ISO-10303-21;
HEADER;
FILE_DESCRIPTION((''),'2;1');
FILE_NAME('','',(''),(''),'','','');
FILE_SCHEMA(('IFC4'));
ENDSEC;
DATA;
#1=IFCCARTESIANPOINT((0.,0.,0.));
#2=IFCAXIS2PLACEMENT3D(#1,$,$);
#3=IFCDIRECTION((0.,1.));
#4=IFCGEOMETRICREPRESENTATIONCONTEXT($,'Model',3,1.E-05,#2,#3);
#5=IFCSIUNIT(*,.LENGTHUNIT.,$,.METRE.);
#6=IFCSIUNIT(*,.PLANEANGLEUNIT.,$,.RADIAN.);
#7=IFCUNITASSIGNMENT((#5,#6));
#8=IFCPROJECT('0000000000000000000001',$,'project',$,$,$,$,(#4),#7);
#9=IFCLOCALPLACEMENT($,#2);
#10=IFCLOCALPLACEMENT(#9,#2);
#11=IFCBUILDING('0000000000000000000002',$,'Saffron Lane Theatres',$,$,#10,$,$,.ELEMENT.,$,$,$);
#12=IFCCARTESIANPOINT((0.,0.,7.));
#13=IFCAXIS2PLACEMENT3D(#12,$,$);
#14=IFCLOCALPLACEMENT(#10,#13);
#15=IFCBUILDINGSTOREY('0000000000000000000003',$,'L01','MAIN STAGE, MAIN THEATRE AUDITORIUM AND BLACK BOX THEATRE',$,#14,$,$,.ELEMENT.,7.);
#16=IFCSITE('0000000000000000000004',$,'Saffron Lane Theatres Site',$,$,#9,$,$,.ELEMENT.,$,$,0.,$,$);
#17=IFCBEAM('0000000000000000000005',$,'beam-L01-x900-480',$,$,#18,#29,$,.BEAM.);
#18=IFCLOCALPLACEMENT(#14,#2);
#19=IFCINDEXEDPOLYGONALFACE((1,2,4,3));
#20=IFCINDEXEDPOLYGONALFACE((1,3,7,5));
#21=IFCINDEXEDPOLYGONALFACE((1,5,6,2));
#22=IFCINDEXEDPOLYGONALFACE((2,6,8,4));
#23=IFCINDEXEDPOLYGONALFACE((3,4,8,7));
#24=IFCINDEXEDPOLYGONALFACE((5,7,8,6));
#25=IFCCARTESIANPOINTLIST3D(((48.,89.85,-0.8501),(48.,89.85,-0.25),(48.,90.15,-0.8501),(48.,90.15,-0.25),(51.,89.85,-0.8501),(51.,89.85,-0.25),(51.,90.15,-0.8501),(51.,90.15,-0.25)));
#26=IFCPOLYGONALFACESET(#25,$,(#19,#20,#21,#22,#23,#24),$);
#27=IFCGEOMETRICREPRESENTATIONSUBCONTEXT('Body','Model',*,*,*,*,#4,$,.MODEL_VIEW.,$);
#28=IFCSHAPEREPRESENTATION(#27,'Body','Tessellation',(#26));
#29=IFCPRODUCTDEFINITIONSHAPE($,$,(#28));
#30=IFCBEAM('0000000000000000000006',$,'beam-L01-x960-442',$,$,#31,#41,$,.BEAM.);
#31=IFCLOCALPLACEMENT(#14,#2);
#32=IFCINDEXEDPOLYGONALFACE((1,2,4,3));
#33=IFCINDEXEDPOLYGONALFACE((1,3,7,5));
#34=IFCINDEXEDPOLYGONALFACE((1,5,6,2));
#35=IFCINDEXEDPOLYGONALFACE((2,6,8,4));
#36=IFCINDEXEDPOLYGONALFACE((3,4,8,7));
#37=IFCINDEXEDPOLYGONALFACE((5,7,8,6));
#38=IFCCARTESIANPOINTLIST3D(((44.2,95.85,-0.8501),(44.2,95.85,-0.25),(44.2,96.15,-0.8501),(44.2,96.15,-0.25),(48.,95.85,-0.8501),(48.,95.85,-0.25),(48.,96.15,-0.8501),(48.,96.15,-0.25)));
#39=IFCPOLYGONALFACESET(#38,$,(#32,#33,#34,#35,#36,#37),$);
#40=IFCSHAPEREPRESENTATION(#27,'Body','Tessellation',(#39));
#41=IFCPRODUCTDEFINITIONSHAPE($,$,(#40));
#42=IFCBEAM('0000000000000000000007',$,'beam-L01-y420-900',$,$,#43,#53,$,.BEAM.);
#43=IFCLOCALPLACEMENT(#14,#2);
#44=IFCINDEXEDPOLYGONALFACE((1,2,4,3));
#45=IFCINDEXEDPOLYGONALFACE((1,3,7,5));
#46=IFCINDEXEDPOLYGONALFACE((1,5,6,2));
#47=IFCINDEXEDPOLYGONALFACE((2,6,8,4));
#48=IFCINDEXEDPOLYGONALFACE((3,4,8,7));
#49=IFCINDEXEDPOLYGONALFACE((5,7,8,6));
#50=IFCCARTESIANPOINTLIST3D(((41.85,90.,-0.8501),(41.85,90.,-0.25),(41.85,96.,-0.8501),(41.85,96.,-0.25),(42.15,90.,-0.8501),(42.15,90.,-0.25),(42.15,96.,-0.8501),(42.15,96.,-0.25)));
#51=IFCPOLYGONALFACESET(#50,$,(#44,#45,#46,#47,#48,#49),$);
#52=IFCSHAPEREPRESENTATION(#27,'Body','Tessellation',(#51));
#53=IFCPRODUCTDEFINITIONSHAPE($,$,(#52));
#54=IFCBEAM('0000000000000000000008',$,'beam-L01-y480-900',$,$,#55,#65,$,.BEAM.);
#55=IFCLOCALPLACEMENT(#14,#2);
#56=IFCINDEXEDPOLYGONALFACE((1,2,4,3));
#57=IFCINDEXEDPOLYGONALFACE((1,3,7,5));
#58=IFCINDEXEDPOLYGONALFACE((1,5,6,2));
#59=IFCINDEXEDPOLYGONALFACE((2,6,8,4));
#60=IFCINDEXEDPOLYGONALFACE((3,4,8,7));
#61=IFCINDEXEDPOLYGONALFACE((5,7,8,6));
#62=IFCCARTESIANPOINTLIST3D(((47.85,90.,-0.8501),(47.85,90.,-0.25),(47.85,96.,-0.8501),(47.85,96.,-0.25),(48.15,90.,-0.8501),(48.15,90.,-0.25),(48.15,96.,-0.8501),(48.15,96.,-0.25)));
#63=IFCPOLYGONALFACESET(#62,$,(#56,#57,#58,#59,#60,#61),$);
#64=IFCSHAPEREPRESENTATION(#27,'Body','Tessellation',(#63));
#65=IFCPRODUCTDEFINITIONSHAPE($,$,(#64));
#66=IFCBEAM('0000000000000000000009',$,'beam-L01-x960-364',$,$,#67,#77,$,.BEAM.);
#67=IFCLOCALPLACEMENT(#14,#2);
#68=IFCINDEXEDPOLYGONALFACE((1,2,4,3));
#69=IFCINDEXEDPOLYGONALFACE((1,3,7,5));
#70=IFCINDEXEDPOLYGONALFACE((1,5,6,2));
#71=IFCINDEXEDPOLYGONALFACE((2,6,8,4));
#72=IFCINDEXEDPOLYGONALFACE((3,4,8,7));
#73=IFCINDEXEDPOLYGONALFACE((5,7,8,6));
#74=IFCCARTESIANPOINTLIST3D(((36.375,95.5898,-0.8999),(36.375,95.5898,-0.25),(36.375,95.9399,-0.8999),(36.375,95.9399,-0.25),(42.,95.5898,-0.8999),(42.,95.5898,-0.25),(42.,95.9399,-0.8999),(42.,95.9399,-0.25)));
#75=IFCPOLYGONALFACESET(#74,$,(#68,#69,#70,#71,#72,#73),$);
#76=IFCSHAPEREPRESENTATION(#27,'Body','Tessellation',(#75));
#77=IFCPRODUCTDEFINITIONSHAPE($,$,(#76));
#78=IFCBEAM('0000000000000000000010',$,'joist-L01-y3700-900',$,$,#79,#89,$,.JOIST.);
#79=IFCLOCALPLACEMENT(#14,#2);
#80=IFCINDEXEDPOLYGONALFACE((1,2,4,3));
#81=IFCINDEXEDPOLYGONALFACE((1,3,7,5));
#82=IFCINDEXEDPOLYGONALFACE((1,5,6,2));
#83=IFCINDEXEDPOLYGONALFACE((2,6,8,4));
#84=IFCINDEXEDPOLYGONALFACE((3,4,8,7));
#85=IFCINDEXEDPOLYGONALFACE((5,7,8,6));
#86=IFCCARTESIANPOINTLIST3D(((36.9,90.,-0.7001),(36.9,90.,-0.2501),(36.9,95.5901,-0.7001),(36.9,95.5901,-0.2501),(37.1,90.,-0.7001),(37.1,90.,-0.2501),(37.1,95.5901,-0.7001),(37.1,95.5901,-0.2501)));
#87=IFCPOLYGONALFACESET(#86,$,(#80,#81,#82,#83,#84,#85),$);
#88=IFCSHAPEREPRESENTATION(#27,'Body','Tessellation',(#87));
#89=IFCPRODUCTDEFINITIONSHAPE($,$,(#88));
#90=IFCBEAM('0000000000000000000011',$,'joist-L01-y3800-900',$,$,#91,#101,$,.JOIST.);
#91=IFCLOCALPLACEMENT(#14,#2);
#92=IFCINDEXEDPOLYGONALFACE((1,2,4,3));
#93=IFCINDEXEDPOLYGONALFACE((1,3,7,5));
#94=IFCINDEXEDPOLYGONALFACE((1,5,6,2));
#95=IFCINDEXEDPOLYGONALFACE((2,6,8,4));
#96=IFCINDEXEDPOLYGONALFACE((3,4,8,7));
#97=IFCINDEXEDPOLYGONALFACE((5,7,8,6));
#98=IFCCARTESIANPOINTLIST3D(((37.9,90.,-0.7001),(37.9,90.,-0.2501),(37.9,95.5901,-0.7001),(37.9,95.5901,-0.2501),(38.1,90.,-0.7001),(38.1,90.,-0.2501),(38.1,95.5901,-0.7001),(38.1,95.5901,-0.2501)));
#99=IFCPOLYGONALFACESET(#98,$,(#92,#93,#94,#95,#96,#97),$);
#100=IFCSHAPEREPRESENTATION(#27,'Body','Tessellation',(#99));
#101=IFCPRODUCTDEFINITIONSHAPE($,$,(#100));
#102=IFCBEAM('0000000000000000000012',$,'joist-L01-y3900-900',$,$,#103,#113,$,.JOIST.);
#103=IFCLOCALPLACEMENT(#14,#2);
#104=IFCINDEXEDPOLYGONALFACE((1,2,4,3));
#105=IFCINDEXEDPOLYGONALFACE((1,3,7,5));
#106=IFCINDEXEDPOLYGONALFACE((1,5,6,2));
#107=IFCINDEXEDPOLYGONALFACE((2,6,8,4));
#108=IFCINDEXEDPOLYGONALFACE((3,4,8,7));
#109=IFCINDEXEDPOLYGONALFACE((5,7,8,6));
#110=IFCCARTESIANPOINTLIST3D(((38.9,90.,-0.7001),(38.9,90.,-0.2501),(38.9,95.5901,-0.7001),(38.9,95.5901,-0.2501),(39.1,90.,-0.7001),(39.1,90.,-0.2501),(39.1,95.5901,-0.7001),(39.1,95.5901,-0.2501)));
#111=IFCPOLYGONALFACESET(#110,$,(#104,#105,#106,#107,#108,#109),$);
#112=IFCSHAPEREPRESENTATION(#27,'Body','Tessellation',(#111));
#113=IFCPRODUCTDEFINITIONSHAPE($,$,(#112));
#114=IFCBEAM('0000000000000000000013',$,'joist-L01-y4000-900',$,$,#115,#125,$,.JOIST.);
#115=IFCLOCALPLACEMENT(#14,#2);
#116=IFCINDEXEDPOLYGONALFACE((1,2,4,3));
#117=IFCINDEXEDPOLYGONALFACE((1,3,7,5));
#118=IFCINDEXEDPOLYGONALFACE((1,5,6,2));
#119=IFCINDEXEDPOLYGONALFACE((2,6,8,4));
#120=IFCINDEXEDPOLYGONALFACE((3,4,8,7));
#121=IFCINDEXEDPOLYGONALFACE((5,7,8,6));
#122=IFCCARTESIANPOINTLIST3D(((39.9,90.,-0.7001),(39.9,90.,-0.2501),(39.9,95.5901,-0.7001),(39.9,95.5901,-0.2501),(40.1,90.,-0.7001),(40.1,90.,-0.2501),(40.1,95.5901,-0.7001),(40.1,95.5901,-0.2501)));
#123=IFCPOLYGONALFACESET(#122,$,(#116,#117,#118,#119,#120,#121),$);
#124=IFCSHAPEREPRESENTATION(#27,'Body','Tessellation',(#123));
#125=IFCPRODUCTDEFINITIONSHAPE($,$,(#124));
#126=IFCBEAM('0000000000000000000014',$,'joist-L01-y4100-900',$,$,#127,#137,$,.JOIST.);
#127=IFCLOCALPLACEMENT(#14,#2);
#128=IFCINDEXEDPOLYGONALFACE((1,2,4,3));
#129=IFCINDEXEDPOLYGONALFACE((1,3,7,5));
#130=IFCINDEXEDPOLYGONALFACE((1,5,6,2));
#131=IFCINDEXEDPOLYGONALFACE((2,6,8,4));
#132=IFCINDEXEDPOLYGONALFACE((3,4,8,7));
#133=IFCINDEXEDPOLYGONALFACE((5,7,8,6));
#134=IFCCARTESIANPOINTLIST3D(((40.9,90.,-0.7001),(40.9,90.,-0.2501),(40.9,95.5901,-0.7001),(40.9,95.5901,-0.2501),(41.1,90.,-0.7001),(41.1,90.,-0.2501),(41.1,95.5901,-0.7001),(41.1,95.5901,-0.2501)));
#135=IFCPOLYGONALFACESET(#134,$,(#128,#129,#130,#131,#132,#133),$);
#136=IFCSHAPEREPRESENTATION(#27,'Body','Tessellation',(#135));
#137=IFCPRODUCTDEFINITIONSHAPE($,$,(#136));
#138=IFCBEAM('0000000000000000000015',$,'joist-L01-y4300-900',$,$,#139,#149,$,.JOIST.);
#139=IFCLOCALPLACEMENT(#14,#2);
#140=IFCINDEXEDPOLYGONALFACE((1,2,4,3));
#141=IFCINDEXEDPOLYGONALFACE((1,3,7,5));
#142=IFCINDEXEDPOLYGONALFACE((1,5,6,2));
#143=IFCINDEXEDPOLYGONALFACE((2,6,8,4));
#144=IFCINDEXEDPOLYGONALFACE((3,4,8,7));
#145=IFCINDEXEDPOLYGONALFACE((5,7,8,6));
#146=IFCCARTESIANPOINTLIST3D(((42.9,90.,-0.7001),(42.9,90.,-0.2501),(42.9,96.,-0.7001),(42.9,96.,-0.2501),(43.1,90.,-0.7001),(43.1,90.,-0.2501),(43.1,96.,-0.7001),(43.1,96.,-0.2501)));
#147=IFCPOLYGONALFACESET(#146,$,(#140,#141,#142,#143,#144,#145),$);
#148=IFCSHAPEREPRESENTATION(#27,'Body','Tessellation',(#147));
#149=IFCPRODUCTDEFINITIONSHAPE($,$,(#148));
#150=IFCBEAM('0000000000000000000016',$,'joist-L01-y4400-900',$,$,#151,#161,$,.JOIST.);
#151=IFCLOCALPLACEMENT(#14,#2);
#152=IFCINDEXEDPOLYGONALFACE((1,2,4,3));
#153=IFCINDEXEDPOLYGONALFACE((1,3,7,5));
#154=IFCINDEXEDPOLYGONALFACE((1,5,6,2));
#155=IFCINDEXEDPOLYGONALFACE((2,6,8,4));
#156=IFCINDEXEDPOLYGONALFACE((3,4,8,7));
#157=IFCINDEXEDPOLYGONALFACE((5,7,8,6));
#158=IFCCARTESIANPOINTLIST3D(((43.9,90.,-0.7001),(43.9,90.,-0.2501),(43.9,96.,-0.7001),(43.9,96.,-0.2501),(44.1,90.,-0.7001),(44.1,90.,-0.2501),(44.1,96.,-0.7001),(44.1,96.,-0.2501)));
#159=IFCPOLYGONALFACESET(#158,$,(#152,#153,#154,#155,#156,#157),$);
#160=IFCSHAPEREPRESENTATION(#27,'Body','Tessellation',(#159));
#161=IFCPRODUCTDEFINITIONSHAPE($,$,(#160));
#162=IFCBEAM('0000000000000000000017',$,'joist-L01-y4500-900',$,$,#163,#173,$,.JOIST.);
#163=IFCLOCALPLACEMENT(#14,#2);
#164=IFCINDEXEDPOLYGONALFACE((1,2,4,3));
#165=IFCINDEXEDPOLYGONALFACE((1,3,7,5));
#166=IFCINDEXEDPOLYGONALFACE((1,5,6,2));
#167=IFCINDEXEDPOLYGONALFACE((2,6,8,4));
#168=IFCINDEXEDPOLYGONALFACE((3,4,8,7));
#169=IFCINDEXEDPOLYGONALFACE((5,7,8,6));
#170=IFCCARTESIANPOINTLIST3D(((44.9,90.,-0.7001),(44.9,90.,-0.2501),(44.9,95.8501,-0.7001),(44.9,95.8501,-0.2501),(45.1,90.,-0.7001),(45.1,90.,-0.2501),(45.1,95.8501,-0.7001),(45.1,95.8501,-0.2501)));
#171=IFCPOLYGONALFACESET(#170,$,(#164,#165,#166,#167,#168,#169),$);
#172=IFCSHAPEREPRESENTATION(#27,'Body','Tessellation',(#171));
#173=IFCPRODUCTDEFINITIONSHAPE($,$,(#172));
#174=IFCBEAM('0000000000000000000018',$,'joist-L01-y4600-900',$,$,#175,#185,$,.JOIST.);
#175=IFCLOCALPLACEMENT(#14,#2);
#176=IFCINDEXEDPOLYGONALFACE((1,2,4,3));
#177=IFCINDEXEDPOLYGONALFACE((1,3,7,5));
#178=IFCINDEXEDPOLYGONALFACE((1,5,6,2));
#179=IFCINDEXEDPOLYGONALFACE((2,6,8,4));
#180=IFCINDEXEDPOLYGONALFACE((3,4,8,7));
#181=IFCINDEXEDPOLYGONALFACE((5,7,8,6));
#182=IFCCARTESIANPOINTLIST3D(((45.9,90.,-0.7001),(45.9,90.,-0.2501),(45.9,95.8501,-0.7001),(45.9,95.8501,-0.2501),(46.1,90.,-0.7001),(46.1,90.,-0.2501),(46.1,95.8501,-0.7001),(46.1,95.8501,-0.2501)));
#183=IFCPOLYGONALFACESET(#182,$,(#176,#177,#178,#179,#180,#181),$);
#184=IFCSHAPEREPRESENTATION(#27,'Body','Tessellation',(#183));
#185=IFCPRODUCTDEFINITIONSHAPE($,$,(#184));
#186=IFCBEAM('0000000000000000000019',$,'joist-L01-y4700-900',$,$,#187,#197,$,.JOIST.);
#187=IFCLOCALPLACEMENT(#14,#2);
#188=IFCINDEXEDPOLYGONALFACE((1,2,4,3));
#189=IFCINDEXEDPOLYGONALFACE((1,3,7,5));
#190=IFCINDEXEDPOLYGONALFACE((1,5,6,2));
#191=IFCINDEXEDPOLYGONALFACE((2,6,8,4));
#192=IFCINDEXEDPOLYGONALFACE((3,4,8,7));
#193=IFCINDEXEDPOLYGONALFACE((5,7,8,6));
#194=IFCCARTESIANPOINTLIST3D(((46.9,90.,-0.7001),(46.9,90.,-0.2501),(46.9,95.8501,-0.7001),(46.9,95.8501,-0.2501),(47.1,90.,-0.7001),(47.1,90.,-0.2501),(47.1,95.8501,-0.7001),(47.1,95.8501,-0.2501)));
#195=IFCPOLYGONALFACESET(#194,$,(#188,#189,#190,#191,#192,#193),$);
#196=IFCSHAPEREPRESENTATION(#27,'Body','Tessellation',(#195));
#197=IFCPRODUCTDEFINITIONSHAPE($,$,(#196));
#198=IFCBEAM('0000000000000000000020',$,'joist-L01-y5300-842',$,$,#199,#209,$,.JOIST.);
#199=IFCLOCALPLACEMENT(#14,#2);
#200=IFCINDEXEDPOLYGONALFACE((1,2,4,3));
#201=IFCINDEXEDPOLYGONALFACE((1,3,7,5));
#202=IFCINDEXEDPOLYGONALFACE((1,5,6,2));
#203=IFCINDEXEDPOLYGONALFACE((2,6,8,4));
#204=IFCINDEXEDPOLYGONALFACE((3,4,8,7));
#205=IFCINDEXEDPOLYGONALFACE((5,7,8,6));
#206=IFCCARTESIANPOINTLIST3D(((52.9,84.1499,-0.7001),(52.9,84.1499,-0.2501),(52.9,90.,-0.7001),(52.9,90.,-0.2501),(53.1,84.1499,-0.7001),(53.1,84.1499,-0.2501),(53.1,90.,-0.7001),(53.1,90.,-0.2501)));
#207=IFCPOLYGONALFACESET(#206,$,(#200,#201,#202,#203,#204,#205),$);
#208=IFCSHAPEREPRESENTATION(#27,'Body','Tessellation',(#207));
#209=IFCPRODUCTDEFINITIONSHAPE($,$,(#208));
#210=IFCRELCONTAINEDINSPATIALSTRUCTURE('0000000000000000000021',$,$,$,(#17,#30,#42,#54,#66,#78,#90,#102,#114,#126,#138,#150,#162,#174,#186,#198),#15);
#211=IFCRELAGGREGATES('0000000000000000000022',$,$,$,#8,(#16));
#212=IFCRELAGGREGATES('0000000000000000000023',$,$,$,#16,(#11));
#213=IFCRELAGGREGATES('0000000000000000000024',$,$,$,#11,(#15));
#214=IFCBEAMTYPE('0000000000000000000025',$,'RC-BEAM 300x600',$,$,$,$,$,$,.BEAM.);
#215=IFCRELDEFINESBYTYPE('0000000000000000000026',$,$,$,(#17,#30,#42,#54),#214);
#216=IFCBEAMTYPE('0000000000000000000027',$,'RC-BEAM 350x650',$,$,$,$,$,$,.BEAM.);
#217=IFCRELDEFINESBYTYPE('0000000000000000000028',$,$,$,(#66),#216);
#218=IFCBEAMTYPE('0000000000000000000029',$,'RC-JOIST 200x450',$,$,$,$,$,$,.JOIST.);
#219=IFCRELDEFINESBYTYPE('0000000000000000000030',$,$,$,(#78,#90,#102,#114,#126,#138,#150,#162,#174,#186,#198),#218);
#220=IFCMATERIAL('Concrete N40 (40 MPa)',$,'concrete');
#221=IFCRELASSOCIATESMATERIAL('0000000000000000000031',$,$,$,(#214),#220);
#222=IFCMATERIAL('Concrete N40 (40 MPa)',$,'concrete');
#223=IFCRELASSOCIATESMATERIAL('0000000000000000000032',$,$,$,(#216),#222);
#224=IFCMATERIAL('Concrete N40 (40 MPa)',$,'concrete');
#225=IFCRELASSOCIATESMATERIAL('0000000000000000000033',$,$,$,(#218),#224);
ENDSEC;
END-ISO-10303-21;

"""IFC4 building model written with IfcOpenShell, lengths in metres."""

from ifc_helpers import new_model, si_unit, direction, frame, origin, origin_2d, place, context, subcontext, project, spatial, rectangle, extrude, material, material_profile, profile_set, type_object, element, save


model = new_model("IFC4")

# Units and contexts
model_context = context("Model", 3, precision=1e-05, world=origin(), true_north=direction((0.0, 1.0)))
body_context = subcontext(model_context, "Body", "Model", "MODEL_VIEW")
ifc_project = project(units=[si_unit("LENGTHUNIT", "METRE"), si_unit("PLANEANGLEUNIT", "RADIAN")], contexts=[model_context])

# Site, building, storey
site_placement = place(None, origin())
site = spatial("IfcSite", under=ifc_project, at=site_placement, Name="Saffron Lane Theatres Site", CompositionType="ELEMENT", RefElevation=0.0)
building_placement = place(site_placement, origin())
building = spatial("IfcBuilding", under=site, at=building_placement, Name="Saffron Lane Theatres", CompositionType="ELEMENT")
storey_placement = place(building_placement, frame((0.0, 0.0, 7.0)))
storey = spatial("IfcBuildingStorey", under=building, at=storey_placement, Name="L01", Description="MAIN STAGE, MAIN THEATRE AUDITORIUM AND BLACK BOX THEATRE", CompositionType="ELEMENT", Elevation=7.0)

# Beams
ifc_material_1 = material(Name="Concrete N40 (40 MPa)", Category="concrete")
ifc_material_profile_1 = material_profile(ifc_material_1, rectangle(XDim=0.3, YDim=0.6001, at=origin_2d()))
ifc_profile_set_1 = profile_set([ifc_material_profile_1], Name="Concrete N40 (40 MPa)")
beam_type_1 = type_object("IfcBeamType", Name="RC-BEAM 300x600", PredefinedType="BEAM", material=ifc_profile_set_1)
beam_1_placement = place(storey_placement, frame((48.0, 90.0, -0.55), z_axis=(1.0, 0.0, 0.0), x_axis=(0.0, 1.0, 0.0)))
element("IfcBeam", 1, at=beam_1_placement, inside=storey, type_object=beam_type_1, Name="beam-L01-x900-480", PredefinedType="BEAM", context=body_context, shape_type="SweptSolid", body=[
    extrude(rectangle(XDim=0.3, YDim=0.6001, at=origin_2d()), origin(), (0.0, 0.0, 1.0), 3.0),
])
beam_2_placement = place(storey_placement, frame((44.2, 96.0, -0.55), z_axis=(1.0, 0.0, 0.0), x_axis=(0.0, 1.0, 0.0)))
element("IfcBeam", 2, at=beam_2_placement, inside=storey, type_object=beam_type_1, Name="beam-L01-x960-442", PredefinedType="BEAM", context=body_context, shape_type="SweptSolid", body=[
    extrude(rectangle(XDim=0.3, YDim=0.6001, at=origin_2d()), origin(), (0.0, 0.0, 1.0), 3.8),
])
for number, where, z_axis, x_axis, name in (
    (3, (42.0, 90.0, -0.55), (0.0, 1.0, 0.0), (-1.0, 0.0, 0.0), "beam-L01-y420-900"),
    (4, (48.0, 90.0, -0.55), (0.0, 1.0, 0.0), (-1.0, 0.0, 0.0), "beam-L01-y480-900"),
):
    element("IfcBeam", number, at=place(storey_placement, frame(where, z_axis=z_axis, x_axis=x_axis)), inside=storey, type_object=beam_type_1, Name=name, PredefinedType="BEAM", context=body_context, shape_type="SweptSolid", body=[
        extrude(rectangle(XDim=0.3, YDim=0.6001, at=origin_2d()), origin(), (0.0, 0.0, 1.0), 6.0),
    ])
ifc_material_2 = material(Name="Concrete N40 (40 MPa)", Category="concrete")
ifc_material_profile_2 = material_profile(ifc_material_2, rectangle(XDim=0.3501, YDim=0.6499, at=origin_2d()))
ifc_profile_set_2 = profile_set([ifc_material_profile_2], Name="Concrete N40 (40 MPa)")
beam_type_2 = type_object("IfcBeamType", Name="RC-BEAM 350x650", PredefinedType="BEAM", material=ifc_profile_set_2)
beam_3_placement = place(storey_placement, frame((36.375, 95.7649, -0.575), z_axis=(1.0, 0.0, 0.0), x_axis=(0.0, 1.0, 0.0)))
element("IfcBeam", 5, at=beam_3_placement, inside=storey, type_object=beam_type_2, Name="beam-L01-x960-364", PredefinedType="BEAM", context=body_context, shape_type="SweptSolid", body=[
    extrude(rectangle(XDim=0.3501, YDim=0.6499, at=origin_2d()), origin(), (0.0, 0.0, 1.0), 5.625),
])
ifc_material_3 = material(Name="Concrete N40 (40 MPa)", Category="concrete")
ifc_material_profile_3 = material_profile(ifc_material_3, rectangle(XDim=0.2, YDim=0.45, at=origin_2d()))
ifc_profile_set_3 = profile_set([ifc_material_profile_3], Name="Concrete N40 (40 MPa)")
beam_type_3 = type_object("IfcBeamType", Name="RC-JOIST 200x450", PredefinedType="JOIST", material=ifc_profile_set_3)
for number, where, z_axis, x_axis, name in (
    (6, (37.0, 90.0, -0.4751), (0.0, 1.0, 0.0), (-1.0, 0.0, 0.0), "joist-L01-y3700-900"),
    (7, (38.0, 90.0, -0.4751), (0.0, 1.0, 0.0), (-1.0, 0.0, 0.0), "joist-L01-y3800-900"),
    (8, (39.0, 90.0, -0.4751), (0.0, 1.0, 0.0), (-1.0, 0.0, 0.0), "joist-L01-y3900-900"),
    (9, (40.0, 90.0, -0.4751), (0.0, 1.0, 0.0), (-1.0, 0.0, 0.0), "joist-L01-y4000-900"),
    (10, (41.0, 90.0, -0.4751), (0.0, 1.0, 0.0), (-1.0, 0.0, 0.0), "joist-L01-y4100-900"),
):
    element("IfcBeam", number, at=place(storey_placement, frame(where, z_axis=z_axis, x_axis=x_axis)), inside=storey, type_object=beam_type_3, Name=name, PredefinedType="JOIST", context=body_context, shape_type="SweptSolid", body=[
        extrude(rectangle(XDim=0.2, YDim=0.45, at=origin_2d()), origin(), (0.0, 0.0, 1.0), 5.5901),
    ])
for number, where, z_axis, x_axis, name in (
    (11, (43.0, 90.0, -0.4751), (0.0, 1.0, 0.0), (-1.0, 0.0, 0.0), "joist-L01-y4300-900"),
    (12, (44.0, 90.0, -0.4751), (0.0, 1.0, 0.0), (-1.0, 0.0, 0.0), "joist-L01-y4400-900"),
):
    element("IfcBeam", number, at=place(storey_placement, frame(where, z_axis=z_axis, x_axis=x_axis)), inside=storey, type_object=beam_type_3, Name=name, PredefinedType="JOIST", context=body_context, shape_type="SweptSolid", body=[
        extrude(rectangle(XDim=0.2, YDim=0.45, at=origin_2d()), origin(), (0.0, 0.0, 1.0), 6.0),
    ])
for number, where, z_axis, x_axis, name in (
    (13, (45.0, 90.0, -0.4751), (0.0, 1.0, 0.0), (-1.0, 0.0, 0.0), "joist-L01-y4500-900"),
    (14, (46.0, 90.0, -0.4751), (0.0, 1.0, 0.0), (-1.0, 0.0, 0.0), "joist-L01-y4600-900"),
    (15, (47.0, 90.0, -0.4751), (0.0, 1.0, 0.0), (-1.0, 0.0, 0.0), "joist-L01-y4700-900"),
    (16, (53.0, 84.1499, -0.4751), (0.0, 1.0, 0.0), (-1.0, 0.0, 0.0), "joist-L01-y5300-842"),
):
    element("IfcBeam", number, at=place(storey_placement, frame(where, z_axis=z_axis, x_axis=x_axis)), inside=storey, type_object=beam_type_3, Name=name, PredefinedType="JOIST", context=body_context, shape_type="SweptSolid", body=[
        extrude(rectangle(XDim=0.2, YDim=0.45, at=origin_2d()), origin(), (0.0, 0.0, 1.0), 5.8501),
    ])

save(model, "model.ifc")
